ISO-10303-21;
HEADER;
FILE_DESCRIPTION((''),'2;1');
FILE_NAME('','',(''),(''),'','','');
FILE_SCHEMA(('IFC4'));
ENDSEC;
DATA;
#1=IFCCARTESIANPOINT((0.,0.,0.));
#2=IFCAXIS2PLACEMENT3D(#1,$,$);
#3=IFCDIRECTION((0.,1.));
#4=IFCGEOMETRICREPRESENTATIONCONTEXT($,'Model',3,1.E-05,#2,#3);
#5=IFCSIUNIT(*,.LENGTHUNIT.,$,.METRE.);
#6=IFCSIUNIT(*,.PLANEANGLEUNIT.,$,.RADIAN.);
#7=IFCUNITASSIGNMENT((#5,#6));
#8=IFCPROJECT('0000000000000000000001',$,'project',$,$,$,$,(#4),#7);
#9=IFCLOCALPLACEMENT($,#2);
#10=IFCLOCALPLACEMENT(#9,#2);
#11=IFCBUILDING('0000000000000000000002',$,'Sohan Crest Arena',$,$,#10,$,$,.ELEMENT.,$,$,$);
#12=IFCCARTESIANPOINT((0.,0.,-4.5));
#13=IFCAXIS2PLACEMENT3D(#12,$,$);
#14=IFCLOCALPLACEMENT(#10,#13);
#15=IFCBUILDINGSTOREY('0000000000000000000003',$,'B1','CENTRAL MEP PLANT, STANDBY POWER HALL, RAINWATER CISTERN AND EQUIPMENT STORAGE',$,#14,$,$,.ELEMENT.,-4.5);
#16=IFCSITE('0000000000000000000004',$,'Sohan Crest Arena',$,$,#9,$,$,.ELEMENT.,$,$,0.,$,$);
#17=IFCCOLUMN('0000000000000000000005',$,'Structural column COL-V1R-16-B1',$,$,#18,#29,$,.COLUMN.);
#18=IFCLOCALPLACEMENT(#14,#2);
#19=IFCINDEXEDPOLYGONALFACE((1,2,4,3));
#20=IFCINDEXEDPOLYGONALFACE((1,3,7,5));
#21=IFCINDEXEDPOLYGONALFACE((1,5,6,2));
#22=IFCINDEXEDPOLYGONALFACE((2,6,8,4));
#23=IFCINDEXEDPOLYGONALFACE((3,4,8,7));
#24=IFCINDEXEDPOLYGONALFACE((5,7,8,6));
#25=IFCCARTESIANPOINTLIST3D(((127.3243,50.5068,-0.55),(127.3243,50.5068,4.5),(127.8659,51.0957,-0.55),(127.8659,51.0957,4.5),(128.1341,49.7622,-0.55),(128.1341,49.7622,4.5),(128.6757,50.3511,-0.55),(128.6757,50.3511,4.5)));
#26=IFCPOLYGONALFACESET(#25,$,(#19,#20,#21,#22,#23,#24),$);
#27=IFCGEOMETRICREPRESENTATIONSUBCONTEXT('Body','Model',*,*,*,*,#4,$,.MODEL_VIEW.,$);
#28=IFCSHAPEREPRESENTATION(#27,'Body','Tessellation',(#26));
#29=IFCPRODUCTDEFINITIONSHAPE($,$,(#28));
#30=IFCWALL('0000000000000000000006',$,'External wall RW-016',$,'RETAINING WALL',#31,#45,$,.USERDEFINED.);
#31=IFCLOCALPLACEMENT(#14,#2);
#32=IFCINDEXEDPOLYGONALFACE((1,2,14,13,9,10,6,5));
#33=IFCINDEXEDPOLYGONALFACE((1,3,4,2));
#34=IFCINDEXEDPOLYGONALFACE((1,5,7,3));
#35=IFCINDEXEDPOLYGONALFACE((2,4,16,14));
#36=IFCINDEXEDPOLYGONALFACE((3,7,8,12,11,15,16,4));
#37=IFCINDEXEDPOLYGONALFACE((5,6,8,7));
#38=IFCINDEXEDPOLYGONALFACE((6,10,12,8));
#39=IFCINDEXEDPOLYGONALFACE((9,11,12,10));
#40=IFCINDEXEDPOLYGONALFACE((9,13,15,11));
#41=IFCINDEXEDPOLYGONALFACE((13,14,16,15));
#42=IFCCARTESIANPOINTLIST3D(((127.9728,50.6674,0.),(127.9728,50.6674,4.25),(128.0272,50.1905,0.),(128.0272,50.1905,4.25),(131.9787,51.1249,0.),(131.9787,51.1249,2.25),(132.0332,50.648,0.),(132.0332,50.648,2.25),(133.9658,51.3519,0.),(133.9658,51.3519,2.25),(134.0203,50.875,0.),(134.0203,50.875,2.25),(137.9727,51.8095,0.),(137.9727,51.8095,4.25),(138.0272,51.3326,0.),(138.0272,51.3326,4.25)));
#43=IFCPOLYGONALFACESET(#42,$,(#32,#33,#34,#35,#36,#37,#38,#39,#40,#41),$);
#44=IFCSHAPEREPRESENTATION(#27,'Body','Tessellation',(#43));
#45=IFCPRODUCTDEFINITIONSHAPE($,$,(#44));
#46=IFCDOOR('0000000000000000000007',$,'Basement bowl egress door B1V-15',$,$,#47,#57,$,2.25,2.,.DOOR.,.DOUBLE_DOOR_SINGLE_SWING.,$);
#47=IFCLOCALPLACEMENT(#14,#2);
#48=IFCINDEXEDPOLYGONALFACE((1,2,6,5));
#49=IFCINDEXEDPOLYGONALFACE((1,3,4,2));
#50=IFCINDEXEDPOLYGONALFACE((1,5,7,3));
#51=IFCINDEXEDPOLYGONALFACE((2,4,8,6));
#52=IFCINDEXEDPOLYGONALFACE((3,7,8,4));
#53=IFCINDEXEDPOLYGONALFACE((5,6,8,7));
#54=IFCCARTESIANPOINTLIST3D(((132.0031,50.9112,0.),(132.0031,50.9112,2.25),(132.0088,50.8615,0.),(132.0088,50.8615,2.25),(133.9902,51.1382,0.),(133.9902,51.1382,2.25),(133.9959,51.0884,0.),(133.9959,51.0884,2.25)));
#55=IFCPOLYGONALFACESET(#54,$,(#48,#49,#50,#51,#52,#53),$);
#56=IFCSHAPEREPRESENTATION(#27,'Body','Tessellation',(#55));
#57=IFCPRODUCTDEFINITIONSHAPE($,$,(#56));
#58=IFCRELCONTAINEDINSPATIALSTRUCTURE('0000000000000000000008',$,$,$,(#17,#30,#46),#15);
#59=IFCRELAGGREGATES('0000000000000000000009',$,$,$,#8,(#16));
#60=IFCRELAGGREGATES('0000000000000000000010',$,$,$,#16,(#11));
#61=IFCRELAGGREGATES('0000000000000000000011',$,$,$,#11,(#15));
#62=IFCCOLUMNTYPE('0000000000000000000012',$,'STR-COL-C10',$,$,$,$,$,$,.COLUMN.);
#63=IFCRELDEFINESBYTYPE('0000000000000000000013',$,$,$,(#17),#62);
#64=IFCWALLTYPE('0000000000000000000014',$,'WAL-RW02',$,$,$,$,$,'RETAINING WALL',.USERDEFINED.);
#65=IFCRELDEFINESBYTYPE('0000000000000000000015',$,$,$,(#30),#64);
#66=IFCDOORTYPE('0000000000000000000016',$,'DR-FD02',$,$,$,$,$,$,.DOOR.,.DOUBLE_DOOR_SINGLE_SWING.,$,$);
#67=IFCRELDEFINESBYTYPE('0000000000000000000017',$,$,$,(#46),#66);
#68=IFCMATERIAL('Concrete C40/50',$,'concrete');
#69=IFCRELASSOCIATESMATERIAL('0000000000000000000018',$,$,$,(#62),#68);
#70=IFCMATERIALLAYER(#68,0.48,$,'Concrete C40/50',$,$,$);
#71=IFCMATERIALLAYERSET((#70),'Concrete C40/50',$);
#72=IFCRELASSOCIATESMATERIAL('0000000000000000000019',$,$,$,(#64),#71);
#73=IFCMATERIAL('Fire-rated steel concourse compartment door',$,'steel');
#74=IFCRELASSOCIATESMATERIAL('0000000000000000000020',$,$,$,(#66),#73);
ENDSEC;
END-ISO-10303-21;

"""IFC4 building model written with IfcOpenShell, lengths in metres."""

from ifc_helpers import new_model, si_unit, direction, frame, frame_2d, origin, origin_2d, place, context, subcontext, project, spatial, rectangle, extrude, material, layer, layer_set, material_profile, profile_set, type_object, element, fill, save


model = new_model("IFC4")

# Units and contexts
model_context = context("Model", 3, precision=1e-05, world=origin(), true_north=direction((0.0, 1.0)))
body_context = subcontext(model_context, "Body", "Model", "MODEL_VIEW")
ifc_project = project(units=[si_unit("LENGTHUNIT", "METRE"), si_unit("PLANEANGLEUNIT", "RADIAN")], contexts=[model_context])

# Site, building, storey
site_placement = place(None, origin())
site = spatial("IfcSite", under=ifc_project, at=site_placement, Name="Sohan Crest Arena", CompositionType="ELEMENT", RefElevation=0.0)
building_placement = place(site_placement, origin())
building = spatial("IfcBuilding", under=site, at=building_placement, Name="Sohan Crest Arena", CompositionType="ELEMENT")
storey_placement = place(building_placement, frame((0.0, 0.0, -4.5)))
storey = spatial("IfcBuildingStorey", under=building, at=storey_placement, Name="B1", Description="CENTRAL MEP PLANT, STANDBY POWER HALL, RAINWATER CISTERN AND EQUIPMENT STORAGE", CompositionType="ELEMENT", Elevation=-4.5)

# Shared definitions
ifc_material_1 = material(Name="Concrete C40/50", Category="concrete")

# Column
ifc_material_profile_1 = material_profile(ifc_material_1, rectangle(XDim=1.1001, YDim=0.8, at=origin_2d()), Name="RC 1100x800")
ifc_profile_set_1 = profile_set([ifc_material_profile_1], Name="Concrete C40/50")
column_type_1 = type_object("IfcColumnType", Name="STR-COL-C10", PredefinedType="COLUMN", material=ifc_profile_set_1)
column_1_placement = place(storey_placement, frame((128.0, 50.429, -0.55), z_axis=(0.0, 0.0, 1.0), x_axis=(-0.736097, 0.676876, 0.0)))
element("IfcColumn", 1, at=column_1_placement, inside=storey, type_object=column_type_1, Name="Structural column COL-V1R-16-B1", PredefinedType="COLUMN", context=body_context, shape_type="SweptSolid", body=[
    extrude(rectangle(XDim=1.1001, YDim=0.8, at=origin_2d()), origin(), (0.0, 0.0, 1.0), 5.05),
])

# Wall, opening, door
ifc_layer = layer(ifc_material_1, 0.48, Name="Concrete C40/50")
ifc_layer_set = layer_set([ifc_layer], Name="Concrete C40/50")
wall_type = type_object("IfcWallType", Name="WAL-RW02", ElementType="RETAINING WALL", PredefinedType="USERDEFINED", material=ifc_layer_set)
wall_placement = place(storey_placement, frame((128.0, 50.429, 0.0), z_axis=(0.0, 0.0, 1.0), x_axis=(0.993541, 0.113471, 0.0)))
wall = element("IfcWall", 2, at=wall_placement, inside=storey, type_object=wall_type, Name="External wall RW-016", ObjectType="RETAINING WALL", PredefinedType="USERDEFINED", context=body_context, shape_type="SweptSolid", body=[
    extrude(rectangle(XDim=10.0649, YDim=0.48, at=frame_2d((5.0325, 0.0))), origin(), (0.0, 0.0, 1.0), 4.25),
])
opening_placement = place(wall_placement, frame((4.032, 0.0, 0.0)))
opening = element("IfcOpeningElement", 3, at=opening_placement, cuts=wall, PredefinedType="OPENING", context=body_context, shape_type="SweptSolid", body=[
    extrude(rectangle(XDim=2.0, YDim=2.25, at=frame_2d((1.0, 1.125))), frame((0.0, 0.25, 0.0), z_axis=(0.0, -1.0, 0.0), x_axis=(1.0, 0.0, 0.0)), (0.0, 0.0, 1.0), 0.5),
])
ifc_material_2 = material(Name="Fire-rated steel concourse compartment door", Category="steel")
door_type = type_object("IfcDoorType", Name="DR-FD02", OperationType="DOUBLE_DOOR_SINGLE_SWING", PredefinedType="DOOR", material=ifc_material_2)
door_placement = place(opening_placement, origin())
door = element("IfcDoor", 4, at=door_placement, inside=storey, type_object=door_type, Name="Basement bowl egress door B1V-15", OperationType="DOUBLE_DOOR_SINGLE_SWING", OverallHeight=2.25, OverallWidth=2.0, PredefinedType="DOOR", context=body_context, shape_type="SweptSolid", body=[
    extrude(rectangle(XDim=2.0, YDim=2.25, at=frame_2d((1.0, 1.125))), frame((0.0, 0.0249, 0.0), z_axis=(0.0, -1.0, 0.0), x_axis=(1.0, 0.0, 0.0)), (0.0, 0.0, 1.0), 0.05),
])
fill(opening, door)

save(model, "model.ifc")
